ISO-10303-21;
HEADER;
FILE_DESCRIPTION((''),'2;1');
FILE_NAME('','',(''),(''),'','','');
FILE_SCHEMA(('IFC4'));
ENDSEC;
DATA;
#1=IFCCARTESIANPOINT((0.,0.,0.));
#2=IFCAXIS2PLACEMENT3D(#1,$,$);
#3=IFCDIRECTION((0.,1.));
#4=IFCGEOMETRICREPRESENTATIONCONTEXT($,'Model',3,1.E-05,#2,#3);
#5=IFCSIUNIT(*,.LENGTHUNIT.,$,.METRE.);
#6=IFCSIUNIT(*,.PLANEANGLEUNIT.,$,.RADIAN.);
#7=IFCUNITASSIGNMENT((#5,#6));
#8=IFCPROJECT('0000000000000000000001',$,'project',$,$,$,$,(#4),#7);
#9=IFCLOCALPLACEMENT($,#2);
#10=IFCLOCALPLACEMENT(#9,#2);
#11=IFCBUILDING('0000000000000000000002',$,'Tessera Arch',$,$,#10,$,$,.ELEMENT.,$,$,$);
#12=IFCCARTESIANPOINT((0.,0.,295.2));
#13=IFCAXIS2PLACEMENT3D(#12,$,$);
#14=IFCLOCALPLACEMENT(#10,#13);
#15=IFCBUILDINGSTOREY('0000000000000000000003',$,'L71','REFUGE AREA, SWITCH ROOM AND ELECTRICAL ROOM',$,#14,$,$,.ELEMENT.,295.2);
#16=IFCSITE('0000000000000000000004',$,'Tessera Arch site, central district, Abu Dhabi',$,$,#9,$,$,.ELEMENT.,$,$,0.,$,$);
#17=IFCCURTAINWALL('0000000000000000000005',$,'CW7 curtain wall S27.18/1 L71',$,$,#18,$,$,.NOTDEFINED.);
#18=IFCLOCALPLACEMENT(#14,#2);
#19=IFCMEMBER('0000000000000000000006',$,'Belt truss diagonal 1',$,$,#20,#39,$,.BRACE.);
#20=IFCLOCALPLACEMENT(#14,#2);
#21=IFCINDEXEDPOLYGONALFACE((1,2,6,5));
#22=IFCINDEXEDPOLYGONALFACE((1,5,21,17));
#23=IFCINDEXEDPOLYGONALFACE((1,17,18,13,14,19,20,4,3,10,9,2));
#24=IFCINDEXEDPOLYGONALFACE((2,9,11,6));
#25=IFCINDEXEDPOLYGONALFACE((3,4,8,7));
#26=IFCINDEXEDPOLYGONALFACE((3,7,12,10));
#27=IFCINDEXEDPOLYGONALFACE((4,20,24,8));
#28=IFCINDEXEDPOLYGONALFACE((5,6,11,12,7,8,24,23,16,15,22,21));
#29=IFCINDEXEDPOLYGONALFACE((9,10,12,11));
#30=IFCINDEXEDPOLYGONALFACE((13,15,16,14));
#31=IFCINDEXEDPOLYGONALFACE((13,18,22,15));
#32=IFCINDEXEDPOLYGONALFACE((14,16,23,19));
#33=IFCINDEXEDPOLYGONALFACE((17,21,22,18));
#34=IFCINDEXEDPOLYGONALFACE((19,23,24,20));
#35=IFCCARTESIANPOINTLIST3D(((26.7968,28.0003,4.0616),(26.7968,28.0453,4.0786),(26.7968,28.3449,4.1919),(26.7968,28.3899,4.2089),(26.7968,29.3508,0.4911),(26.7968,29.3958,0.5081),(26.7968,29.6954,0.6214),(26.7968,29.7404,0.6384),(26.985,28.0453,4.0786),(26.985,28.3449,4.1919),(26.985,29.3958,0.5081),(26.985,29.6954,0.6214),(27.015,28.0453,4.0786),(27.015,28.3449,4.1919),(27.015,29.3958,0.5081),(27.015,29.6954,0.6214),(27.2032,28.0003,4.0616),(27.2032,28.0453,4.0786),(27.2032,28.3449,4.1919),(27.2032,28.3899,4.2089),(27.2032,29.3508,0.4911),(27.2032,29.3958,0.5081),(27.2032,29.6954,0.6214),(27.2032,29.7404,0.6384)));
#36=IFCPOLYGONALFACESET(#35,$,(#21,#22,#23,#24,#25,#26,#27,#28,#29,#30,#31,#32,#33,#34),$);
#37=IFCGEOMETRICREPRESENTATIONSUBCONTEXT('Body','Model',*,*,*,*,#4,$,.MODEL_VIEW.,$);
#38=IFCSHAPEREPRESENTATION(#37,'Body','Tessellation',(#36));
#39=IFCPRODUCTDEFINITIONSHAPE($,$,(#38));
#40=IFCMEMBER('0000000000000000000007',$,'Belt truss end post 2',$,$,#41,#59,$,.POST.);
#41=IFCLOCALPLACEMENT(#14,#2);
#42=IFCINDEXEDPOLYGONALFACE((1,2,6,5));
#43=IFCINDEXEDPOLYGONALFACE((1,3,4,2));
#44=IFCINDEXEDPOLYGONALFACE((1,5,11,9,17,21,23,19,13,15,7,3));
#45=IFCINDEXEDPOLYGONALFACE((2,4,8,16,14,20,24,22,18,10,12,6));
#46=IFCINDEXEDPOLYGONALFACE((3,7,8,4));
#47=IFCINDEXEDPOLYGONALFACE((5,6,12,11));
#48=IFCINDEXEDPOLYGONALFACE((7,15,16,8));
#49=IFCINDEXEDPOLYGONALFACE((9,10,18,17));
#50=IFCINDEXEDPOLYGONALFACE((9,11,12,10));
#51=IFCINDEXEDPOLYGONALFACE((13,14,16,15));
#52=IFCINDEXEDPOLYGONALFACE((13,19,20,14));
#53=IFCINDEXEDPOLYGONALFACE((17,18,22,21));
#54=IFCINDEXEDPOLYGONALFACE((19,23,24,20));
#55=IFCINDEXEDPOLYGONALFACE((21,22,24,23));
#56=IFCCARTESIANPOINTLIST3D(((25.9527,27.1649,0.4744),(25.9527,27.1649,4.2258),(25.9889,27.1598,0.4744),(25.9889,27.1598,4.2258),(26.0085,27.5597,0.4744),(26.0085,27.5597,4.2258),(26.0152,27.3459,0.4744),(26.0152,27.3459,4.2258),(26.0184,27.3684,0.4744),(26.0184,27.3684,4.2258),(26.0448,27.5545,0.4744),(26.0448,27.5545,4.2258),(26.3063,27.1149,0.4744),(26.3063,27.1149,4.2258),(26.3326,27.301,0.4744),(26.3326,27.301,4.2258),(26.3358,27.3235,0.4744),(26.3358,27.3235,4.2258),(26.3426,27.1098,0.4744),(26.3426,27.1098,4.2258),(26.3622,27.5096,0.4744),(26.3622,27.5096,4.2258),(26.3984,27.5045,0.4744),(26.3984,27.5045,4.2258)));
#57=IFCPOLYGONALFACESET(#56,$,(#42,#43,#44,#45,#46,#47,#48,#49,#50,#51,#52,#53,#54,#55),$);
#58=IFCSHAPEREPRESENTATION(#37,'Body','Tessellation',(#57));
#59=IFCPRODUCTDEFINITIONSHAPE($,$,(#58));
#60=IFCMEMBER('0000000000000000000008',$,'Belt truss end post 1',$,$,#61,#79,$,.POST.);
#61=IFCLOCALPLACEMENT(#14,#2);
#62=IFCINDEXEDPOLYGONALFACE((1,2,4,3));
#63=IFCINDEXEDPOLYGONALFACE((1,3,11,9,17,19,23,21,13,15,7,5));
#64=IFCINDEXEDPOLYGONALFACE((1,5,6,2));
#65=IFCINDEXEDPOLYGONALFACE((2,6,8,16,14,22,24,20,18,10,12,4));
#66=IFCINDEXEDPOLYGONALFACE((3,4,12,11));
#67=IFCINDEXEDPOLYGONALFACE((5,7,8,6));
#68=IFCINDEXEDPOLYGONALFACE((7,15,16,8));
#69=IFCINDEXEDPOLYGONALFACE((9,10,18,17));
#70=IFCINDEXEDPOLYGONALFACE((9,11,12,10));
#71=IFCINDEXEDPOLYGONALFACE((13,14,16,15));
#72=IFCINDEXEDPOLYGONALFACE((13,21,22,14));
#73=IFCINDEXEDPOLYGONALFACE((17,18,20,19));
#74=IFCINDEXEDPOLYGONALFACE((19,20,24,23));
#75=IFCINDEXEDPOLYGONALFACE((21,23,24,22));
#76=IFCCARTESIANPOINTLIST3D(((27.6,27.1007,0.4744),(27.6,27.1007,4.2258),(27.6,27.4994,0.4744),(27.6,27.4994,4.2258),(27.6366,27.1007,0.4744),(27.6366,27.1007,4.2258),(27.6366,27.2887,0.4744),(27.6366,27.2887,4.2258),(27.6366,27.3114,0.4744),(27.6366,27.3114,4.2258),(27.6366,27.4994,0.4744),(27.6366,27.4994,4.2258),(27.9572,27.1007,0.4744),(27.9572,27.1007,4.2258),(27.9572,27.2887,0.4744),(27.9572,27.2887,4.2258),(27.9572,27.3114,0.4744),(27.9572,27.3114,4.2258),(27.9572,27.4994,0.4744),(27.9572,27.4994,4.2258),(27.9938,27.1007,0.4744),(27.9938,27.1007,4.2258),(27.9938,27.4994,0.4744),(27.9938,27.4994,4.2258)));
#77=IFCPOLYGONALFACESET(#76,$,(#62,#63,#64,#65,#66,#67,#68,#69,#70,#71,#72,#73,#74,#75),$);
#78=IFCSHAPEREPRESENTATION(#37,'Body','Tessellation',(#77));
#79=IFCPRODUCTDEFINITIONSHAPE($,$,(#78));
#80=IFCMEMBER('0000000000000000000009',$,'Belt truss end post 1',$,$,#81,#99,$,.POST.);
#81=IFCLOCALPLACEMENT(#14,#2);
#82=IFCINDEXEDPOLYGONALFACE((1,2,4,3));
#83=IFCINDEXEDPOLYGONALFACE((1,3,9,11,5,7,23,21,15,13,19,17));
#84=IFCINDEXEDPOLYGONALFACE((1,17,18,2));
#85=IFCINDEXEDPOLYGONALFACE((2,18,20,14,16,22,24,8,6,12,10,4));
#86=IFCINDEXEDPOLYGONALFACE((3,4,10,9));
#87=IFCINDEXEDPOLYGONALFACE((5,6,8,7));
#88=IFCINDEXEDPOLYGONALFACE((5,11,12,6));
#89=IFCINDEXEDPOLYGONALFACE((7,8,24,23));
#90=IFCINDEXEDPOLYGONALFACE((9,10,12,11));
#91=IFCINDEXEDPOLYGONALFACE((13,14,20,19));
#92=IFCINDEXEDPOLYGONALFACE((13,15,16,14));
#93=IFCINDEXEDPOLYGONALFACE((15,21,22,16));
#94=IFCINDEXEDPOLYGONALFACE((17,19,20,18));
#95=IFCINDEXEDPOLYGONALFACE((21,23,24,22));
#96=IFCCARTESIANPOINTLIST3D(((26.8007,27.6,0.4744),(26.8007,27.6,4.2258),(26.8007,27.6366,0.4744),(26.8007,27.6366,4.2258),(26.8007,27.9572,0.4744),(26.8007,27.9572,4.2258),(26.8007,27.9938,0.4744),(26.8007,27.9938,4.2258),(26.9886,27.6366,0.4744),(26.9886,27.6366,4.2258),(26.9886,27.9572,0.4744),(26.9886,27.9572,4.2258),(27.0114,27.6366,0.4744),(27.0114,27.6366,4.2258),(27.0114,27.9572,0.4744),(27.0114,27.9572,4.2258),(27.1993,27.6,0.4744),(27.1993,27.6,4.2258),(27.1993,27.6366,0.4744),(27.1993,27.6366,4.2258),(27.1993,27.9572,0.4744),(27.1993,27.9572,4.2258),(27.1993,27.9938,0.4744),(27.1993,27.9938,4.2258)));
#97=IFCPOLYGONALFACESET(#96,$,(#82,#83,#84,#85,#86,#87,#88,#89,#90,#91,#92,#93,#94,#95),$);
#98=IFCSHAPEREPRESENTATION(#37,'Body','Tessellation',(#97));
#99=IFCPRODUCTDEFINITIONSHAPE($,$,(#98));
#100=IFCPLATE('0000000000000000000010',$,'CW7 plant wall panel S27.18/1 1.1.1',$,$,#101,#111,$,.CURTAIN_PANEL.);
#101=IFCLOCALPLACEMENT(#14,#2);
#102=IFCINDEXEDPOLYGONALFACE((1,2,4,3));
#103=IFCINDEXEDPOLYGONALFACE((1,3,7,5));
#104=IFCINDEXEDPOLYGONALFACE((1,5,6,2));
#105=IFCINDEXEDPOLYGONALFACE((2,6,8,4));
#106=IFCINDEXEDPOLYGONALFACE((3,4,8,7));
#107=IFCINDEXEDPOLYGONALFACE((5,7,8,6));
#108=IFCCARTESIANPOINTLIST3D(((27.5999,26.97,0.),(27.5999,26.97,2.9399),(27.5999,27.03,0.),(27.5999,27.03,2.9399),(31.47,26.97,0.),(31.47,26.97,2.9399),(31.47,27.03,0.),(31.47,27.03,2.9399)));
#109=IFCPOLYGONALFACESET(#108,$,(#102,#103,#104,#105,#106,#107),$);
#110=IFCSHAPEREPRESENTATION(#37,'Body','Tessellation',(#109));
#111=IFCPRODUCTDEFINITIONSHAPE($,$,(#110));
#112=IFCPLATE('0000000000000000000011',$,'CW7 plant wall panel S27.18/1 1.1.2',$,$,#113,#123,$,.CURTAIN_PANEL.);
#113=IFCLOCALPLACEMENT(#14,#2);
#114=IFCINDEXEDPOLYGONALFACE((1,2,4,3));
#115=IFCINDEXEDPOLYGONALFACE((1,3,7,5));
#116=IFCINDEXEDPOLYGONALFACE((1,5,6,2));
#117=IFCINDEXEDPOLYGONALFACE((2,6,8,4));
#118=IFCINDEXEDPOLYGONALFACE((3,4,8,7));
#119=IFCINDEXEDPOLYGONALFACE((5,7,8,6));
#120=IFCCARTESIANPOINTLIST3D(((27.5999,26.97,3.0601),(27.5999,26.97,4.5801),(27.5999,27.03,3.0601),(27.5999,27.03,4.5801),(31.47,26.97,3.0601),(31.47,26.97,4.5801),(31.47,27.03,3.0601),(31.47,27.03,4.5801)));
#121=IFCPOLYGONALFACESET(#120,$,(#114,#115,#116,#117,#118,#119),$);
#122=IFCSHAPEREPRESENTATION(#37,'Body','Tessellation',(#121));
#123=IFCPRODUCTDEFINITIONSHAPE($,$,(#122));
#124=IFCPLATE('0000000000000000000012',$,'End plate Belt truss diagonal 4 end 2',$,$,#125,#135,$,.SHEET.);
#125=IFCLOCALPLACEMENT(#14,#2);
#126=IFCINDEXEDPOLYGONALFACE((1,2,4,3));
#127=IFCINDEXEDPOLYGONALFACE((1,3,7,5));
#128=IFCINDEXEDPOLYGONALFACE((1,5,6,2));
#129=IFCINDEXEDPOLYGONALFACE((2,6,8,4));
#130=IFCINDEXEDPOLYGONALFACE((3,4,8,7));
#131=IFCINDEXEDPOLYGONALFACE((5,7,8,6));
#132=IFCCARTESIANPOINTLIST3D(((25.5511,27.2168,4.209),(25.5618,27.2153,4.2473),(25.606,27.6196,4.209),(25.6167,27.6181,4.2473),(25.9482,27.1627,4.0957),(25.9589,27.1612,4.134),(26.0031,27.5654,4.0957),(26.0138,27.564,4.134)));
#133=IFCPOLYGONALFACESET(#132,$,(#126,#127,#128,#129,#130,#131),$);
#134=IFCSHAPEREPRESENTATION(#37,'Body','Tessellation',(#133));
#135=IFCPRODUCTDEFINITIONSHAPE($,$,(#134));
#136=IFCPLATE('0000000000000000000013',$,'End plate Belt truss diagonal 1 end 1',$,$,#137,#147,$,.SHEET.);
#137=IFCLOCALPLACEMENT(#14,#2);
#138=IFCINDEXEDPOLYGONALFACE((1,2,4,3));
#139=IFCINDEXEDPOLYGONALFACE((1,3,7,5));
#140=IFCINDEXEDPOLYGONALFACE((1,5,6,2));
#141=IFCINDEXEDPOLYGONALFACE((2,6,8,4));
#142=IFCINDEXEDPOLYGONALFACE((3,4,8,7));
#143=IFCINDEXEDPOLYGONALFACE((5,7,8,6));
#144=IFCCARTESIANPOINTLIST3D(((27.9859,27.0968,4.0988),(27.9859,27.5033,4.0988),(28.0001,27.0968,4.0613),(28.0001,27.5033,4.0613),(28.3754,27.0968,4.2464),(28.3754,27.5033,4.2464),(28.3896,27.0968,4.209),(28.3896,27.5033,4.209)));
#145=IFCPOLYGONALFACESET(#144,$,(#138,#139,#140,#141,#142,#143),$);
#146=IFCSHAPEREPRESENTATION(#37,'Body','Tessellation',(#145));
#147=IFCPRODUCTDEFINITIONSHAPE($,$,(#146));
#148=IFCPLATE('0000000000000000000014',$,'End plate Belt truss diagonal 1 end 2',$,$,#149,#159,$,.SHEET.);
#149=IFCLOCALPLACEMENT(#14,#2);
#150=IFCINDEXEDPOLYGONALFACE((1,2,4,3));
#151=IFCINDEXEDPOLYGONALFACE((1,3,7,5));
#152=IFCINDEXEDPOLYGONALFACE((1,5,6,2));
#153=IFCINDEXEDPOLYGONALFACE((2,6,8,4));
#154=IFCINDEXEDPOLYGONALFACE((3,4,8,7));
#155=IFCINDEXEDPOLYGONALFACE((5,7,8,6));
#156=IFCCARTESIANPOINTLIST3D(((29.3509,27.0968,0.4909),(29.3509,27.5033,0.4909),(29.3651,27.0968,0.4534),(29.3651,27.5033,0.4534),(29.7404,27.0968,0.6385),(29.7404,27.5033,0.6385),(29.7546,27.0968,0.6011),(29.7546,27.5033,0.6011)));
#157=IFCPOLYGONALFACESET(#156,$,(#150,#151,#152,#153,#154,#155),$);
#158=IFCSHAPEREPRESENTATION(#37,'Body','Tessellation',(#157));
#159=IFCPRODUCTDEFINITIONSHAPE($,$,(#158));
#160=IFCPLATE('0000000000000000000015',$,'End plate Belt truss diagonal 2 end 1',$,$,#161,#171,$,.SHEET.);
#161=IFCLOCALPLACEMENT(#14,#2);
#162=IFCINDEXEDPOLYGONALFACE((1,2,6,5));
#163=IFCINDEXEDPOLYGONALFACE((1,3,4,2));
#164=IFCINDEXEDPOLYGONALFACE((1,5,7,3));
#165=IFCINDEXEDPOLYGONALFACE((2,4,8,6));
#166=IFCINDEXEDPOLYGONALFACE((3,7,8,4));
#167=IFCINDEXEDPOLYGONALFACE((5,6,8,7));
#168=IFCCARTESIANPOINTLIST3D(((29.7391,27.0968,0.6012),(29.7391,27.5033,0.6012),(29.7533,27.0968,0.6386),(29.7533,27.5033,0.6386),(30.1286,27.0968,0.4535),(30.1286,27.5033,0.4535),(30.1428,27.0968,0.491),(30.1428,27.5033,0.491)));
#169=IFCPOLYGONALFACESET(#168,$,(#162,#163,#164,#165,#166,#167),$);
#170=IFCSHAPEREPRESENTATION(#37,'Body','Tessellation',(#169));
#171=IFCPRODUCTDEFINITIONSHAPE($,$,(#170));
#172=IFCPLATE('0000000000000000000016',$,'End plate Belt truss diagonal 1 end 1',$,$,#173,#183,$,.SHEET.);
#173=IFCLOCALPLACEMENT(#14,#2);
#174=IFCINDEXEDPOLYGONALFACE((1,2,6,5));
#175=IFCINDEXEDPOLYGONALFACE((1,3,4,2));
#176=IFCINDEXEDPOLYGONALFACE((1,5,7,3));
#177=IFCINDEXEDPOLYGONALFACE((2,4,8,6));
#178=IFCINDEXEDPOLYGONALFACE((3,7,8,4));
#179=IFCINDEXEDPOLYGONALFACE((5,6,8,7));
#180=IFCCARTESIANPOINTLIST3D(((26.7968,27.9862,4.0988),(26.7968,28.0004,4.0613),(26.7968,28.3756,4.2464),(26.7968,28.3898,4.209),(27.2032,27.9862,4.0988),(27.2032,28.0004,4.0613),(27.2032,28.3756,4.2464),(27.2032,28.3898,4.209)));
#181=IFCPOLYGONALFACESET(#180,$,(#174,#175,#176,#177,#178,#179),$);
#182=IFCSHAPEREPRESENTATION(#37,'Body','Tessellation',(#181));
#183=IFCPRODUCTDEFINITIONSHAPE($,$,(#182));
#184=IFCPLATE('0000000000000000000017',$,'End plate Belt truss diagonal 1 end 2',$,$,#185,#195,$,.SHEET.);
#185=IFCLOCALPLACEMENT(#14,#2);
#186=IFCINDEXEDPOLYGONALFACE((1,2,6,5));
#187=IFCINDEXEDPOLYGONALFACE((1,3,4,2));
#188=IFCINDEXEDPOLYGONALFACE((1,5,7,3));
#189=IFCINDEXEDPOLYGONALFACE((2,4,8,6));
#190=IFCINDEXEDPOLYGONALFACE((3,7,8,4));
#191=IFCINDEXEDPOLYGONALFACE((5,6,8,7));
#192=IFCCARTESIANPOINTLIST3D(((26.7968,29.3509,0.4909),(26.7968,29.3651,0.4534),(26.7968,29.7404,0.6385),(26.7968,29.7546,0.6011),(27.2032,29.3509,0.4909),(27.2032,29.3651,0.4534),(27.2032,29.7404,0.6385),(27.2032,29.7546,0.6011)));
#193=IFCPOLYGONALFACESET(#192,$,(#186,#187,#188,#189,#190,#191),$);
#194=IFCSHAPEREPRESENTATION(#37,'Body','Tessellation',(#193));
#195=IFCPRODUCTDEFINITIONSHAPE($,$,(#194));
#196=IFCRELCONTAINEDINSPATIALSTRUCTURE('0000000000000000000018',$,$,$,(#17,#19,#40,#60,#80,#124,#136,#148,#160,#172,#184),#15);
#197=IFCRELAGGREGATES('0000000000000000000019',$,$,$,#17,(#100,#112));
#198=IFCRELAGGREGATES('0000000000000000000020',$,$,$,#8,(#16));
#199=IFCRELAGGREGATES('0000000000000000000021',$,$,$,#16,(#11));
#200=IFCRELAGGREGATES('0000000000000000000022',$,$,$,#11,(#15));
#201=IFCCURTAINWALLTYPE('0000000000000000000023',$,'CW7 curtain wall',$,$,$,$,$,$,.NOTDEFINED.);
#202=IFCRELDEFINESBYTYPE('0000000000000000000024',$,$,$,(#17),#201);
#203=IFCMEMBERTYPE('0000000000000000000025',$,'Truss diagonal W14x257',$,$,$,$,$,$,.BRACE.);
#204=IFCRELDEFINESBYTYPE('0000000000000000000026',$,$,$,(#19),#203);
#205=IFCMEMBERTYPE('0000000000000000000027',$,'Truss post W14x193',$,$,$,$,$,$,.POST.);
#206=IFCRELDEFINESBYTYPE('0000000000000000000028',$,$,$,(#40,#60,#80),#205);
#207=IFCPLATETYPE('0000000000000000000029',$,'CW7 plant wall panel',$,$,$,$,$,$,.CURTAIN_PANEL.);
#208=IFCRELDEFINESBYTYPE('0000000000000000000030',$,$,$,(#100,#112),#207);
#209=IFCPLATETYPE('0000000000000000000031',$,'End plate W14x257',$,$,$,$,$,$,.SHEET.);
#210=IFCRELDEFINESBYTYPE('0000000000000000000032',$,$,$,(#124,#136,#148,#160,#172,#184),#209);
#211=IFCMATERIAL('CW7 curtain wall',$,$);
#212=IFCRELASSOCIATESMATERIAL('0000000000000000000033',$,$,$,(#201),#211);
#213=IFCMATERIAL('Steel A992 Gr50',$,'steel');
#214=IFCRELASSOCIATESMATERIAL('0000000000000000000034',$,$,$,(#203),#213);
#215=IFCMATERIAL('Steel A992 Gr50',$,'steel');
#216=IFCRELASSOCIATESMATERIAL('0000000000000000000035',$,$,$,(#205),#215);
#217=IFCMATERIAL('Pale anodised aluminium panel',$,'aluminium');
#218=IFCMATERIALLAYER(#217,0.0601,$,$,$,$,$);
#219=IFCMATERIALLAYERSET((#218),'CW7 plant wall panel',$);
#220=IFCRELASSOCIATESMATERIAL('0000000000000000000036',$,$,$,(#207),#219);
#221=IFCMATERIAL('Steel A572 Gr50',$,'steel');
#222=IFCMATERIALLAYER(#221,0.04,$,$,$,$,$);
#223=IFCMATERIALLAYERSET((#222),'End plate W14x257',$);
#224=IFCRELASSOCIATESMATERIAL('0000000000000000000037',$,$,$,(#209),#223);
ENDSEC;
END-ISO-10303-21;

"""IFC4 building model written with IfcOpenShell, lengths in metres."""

from ifc_helpers import new_model, si_unit, direction, frame, origin, origin_2d, place, context, subcontext, project, spatial, rectangle, i_section, extrude, material, layer, layer_set, material_profile, profile_set, type_object, element, aggregate, save


model = new_model("IFC4")

# Units and contexts
model_context = context("Model", 3, precision=1e-05, world=origin(), true_north=direction((0.0, 1.0)))
body_context = subcontext(model_context, "Body", "Model", "MODEL_VIEW")
ifc_project = project(units=[si_unit("LENGTHUNIT", "METRE"), si_unit("PLANEANGLEUNIT", "RADIAN")], contexts=[model_context])

# Site, building, storey
site_placement = place(None, origin())
site = spatial("IfcSite", under=ifc_project, at=site_placement, Name="Tessera Arch site, central district, Abu Dhabi", CompositionType="ELEMENT", RefElevation=0.0)
building_placement = place(site_placement, origin())
building = spatial("IfcBuilding", under=site, at=building_placement, Name="Tessera Arch", CompositionType="ELEMENT")
storey_placement = place(building_placement, frame((0.0, 0.0, 295.2)))
storey = spatial("IfcBuildingStorey", under=building, at=storey_placement, Name="L71", Description="REFUGE AREA, SWITCH ROOM AND ELECTRICAL ROOM", CompositionType="ELEMENT", Elevation=295.2)

# Curtain wall
ifc_material_1 = material(Name="CW7 curtain wall")
curtain_wall_type = type_object("IfcCurtainWallType", Name="CW7 curtain wall", PredefinedType="NOTDEFINED", material=ifc_material_1)
curtain_wall_placement = place(storey_placement, origin())
curtain_wall = element("IfcCurtainWall", 1, at=curtain_wall_placement, inside=storey, type_object=curtain_wall_type, Name="CW7 curtain wall S27.18/1 L71", PredefinedType="NOTDEFINED")

# Members
ifc_material_2 = material(Name="Steel A992 Gr50", Category="steel")
ifc_material_profile_1 = material_profile(ifc_material_2, i_section(OverallWidth=0.4065, OverallDepth=0.4165, WebThickness=0.03, FlangeThickness=0.0481, at=origin_2d()), Name="W14x257")
ifc_profile_set_1 = profile_set([ifc_material_profile_1], Name="Steel A992 Gr50")
member_type_1 = type_object("IfcMemberType", Name="Truss diagonal W14x257", PredefinedType="BRACE", material=ifc_profile_set_1)
member_1_placement = place(storey_placement, frame((27.0, 28.1951, 4.1353), z_axis=(0.0, 0.353792, -0.935324), x_axis=(-1.0, 0.0, 0.0)))
element("IfcMember", 2, at=member_1_placement, inside=storey, type_object=member_type_1, Name="Belt truss diagonal 1", PredefinedType="BRACE", context=body_context, shape_type="SweptSolid", body=[
    extrude(i_section(OverallWidth=0.4065, OverallDepth=0.4165, WebThickness=0.03, FlangeThickness=0.0481, at=origin_2d()), origin(), (0.0, 0.0, 1.0), 3.8174),
])
ifc_material_3 = material(Name="Steel A992 Gr50", Category="steel")
ifc_material_profile_2 = material_profile(ifc_material_3, i_section(OverallWidth=0.3987, OverallDepth=0.3938, WebThickness=0.0227, FlangeThickness=0.0366, at=origin_2d()), Name="W14x193")
ifc_profile_set_2 = profile_set([ifc_material_profile_2], Name="Steel A992 Gr50")
member_type_2 = type_object("IfcMemberType", Name="Truss post W14x193", PredefinedType="POST", material=ifc_profile_set_2)
for number, where, z_axis, x_axis, name in (
    (3, (26.1755, 27.3347, 0.4744), (0.0, 0.0, 1.0), (0.140089, 0.990139, 0.0), "Belt truss end post 2"),
    (4, (27.7969, 27.3, 0.4744), (0.0, 0.0, 1.0), (0.0, 1.0, 0.0), "Belt truss end post 1"),
    (5, (27.0, 27.7969, 0.4744), (0.0, 0.0, 1.0), (1.0, 0.0, 0.0), "Belt truss end post 1"),
):
    element("IfcMember", number, at=place(storey_placement, frame(where, z_axis=z_axis, x_axis=x_axis)), inside=storey, type_object=member_type_2, Name=name, PredefinedType="POST", context=body_context, shape_type="SweptSolid", body=[
        extrude(i_section(OverallWidth=0.3987, OverallDepth=0.3938, WebThickness=0.0227, FlangeThickness=0.0366, at=origin_2d()), origin(), (0.0, 0.0, 1.0), 3.7515),
    ])

# Plates
ifc_material_4 = material(Name="Pale anodised aluminium panel", Category="aluminium")
ifc_layer_1 = layer(ifc_material_4, 0.0601)
ifc_layer_set_1 = layer_set([ifc_layer_1], Name="CW7 plant wall panel")
plate_type_1 = type_object("IfcPlateType", Name="CW7 plant wall panel", PredefinedType="CURTAIN_PANEL", material=ifc_layer_set_1)
plate_1_placement = place(storey_placement, frame((29.5349, 27.0, 0.0), z_axis=(0.0, 0.0, 1.0), x_axis=(1.0, 0.0, 0.0)))
plate_1 = element("IfcPlate", 6, at=plate_1_placement, type_object=plate_type_1, Name="CW7 plant wall panel S27.18/1 1.1.1", PredefinedType="CURTAIN_PANEL", context=body_context, shape_type="SweptSolid", body=[
    extrude(rectangle(XDim=3.8701, YDim=0.0601, at=origin_2d()), origin(), (0.0, 0.0, 1.0), 2.9399),
])
plate_2_placement = place(storey_placement, frame((29.5349, 27.0, 3.0601), z_axis=(0.0, 0.0, 1.0), x_axis=(1.0, 0.0, 0.0)))
plate_2 = element("IfcPlate", 7, at=plate_2_placement, type_object=plate_type_1, Name="CW7 plant wall panel S27.18/1 1.1.2", PredefinedType="CURTAIN_PANEL", context=body_context, shape_type="SweptSolid", body=[
    extrude(rectangle(XDim=3.8701, YDim=0.0601, at=origin_2d()), origin(), (0.0, 0.0, 1.0), 1.52),
])
aggregate(curtain_wall, [plate_1, plate_2])

# Plates
ifc_material_5 = material(Name="Steel A572 Gr50", Category="steel")
ifc_layer_2 = layer(ifc_material_5, 0.04)
ifc_layer_set_2 = layer_set([ifc_layer_2], Name="End plate W14x257")
plate_type_2 = type_object("IfcPlateType", Name="End plate W14x257", PredefinedType="SHEET", material=ifc_layer_set_2)
plate_3_placement = place(storey_placement, frame((25.7771, 27.3911, 4.1523), z_axis=(0.269675, -0.036774, 0.962249), x_axis=(0.135113, 0.99083, 0.0)))
element("IfcPlate", 8, at=plate_3_placement, inside=storey, type_object=plate_type_2, Name="End plate Belt truss diagonal 4 end 2", PredefinedType="SHEET", context=body_context, shape_type="SweptSolid", body=[
    extrude(rectangle(XDim=0.4065, YDim=0.4165, at=origin_2d()), origin(), (0.0, 0.0, 1.0), 0.0398),
])
for number, where, z_axis, x_axis, name in (
    (9, (28.1807, 27.3, 4.1726), (0.35447, 0.0, -0.935067), (0.0, 1.0, 0.0), "End plate Belt truss diagonal 1 end 1"),
    (10, (29.5457, 27.3, 0.5647), (0.35447, 0.0, -0.935067), (0.0, 1.0, 0.0), "End plate Belt truss diagonal 1 end 2"),
    (11, (29.9338, 27.3, 0.5273), (0.35447, 0.0, 0.935067), (0.0, 1.0, 0.0), "End plate Belt truss diagonal 2 end 1"),
    (12, (27.0, 28.1809, 4.1726), (0.0, 0.35447, -0.935067), (-1.0, 0.0, 0.0), "End plate Belt truss diagonal 1 end 1"),
    (13, (27.0, 29.5457, 0.5647), (0.0, 0.35447, -0.935067), (-1.0, 0.0, 0.0), "End plate Belt truss diagonal 1 end 2"),
):
    element("IfcPlate", number, at=place(storey_placement, frame(where, z_axis=z_axis, x_axis=x_axis)), inside=storey, type_object=plate_type_2, Name=name, PredefinedType="SHEET", context=body_context, shape_type="SweptSolid", body=[
        extrude(rectangle(XDim=0.4065, YDim=0.4165, at=origin_2d()), origin(), (0.0, 0.0, 1.0), 0.04),
    ])

save(model, "model.ifc")
